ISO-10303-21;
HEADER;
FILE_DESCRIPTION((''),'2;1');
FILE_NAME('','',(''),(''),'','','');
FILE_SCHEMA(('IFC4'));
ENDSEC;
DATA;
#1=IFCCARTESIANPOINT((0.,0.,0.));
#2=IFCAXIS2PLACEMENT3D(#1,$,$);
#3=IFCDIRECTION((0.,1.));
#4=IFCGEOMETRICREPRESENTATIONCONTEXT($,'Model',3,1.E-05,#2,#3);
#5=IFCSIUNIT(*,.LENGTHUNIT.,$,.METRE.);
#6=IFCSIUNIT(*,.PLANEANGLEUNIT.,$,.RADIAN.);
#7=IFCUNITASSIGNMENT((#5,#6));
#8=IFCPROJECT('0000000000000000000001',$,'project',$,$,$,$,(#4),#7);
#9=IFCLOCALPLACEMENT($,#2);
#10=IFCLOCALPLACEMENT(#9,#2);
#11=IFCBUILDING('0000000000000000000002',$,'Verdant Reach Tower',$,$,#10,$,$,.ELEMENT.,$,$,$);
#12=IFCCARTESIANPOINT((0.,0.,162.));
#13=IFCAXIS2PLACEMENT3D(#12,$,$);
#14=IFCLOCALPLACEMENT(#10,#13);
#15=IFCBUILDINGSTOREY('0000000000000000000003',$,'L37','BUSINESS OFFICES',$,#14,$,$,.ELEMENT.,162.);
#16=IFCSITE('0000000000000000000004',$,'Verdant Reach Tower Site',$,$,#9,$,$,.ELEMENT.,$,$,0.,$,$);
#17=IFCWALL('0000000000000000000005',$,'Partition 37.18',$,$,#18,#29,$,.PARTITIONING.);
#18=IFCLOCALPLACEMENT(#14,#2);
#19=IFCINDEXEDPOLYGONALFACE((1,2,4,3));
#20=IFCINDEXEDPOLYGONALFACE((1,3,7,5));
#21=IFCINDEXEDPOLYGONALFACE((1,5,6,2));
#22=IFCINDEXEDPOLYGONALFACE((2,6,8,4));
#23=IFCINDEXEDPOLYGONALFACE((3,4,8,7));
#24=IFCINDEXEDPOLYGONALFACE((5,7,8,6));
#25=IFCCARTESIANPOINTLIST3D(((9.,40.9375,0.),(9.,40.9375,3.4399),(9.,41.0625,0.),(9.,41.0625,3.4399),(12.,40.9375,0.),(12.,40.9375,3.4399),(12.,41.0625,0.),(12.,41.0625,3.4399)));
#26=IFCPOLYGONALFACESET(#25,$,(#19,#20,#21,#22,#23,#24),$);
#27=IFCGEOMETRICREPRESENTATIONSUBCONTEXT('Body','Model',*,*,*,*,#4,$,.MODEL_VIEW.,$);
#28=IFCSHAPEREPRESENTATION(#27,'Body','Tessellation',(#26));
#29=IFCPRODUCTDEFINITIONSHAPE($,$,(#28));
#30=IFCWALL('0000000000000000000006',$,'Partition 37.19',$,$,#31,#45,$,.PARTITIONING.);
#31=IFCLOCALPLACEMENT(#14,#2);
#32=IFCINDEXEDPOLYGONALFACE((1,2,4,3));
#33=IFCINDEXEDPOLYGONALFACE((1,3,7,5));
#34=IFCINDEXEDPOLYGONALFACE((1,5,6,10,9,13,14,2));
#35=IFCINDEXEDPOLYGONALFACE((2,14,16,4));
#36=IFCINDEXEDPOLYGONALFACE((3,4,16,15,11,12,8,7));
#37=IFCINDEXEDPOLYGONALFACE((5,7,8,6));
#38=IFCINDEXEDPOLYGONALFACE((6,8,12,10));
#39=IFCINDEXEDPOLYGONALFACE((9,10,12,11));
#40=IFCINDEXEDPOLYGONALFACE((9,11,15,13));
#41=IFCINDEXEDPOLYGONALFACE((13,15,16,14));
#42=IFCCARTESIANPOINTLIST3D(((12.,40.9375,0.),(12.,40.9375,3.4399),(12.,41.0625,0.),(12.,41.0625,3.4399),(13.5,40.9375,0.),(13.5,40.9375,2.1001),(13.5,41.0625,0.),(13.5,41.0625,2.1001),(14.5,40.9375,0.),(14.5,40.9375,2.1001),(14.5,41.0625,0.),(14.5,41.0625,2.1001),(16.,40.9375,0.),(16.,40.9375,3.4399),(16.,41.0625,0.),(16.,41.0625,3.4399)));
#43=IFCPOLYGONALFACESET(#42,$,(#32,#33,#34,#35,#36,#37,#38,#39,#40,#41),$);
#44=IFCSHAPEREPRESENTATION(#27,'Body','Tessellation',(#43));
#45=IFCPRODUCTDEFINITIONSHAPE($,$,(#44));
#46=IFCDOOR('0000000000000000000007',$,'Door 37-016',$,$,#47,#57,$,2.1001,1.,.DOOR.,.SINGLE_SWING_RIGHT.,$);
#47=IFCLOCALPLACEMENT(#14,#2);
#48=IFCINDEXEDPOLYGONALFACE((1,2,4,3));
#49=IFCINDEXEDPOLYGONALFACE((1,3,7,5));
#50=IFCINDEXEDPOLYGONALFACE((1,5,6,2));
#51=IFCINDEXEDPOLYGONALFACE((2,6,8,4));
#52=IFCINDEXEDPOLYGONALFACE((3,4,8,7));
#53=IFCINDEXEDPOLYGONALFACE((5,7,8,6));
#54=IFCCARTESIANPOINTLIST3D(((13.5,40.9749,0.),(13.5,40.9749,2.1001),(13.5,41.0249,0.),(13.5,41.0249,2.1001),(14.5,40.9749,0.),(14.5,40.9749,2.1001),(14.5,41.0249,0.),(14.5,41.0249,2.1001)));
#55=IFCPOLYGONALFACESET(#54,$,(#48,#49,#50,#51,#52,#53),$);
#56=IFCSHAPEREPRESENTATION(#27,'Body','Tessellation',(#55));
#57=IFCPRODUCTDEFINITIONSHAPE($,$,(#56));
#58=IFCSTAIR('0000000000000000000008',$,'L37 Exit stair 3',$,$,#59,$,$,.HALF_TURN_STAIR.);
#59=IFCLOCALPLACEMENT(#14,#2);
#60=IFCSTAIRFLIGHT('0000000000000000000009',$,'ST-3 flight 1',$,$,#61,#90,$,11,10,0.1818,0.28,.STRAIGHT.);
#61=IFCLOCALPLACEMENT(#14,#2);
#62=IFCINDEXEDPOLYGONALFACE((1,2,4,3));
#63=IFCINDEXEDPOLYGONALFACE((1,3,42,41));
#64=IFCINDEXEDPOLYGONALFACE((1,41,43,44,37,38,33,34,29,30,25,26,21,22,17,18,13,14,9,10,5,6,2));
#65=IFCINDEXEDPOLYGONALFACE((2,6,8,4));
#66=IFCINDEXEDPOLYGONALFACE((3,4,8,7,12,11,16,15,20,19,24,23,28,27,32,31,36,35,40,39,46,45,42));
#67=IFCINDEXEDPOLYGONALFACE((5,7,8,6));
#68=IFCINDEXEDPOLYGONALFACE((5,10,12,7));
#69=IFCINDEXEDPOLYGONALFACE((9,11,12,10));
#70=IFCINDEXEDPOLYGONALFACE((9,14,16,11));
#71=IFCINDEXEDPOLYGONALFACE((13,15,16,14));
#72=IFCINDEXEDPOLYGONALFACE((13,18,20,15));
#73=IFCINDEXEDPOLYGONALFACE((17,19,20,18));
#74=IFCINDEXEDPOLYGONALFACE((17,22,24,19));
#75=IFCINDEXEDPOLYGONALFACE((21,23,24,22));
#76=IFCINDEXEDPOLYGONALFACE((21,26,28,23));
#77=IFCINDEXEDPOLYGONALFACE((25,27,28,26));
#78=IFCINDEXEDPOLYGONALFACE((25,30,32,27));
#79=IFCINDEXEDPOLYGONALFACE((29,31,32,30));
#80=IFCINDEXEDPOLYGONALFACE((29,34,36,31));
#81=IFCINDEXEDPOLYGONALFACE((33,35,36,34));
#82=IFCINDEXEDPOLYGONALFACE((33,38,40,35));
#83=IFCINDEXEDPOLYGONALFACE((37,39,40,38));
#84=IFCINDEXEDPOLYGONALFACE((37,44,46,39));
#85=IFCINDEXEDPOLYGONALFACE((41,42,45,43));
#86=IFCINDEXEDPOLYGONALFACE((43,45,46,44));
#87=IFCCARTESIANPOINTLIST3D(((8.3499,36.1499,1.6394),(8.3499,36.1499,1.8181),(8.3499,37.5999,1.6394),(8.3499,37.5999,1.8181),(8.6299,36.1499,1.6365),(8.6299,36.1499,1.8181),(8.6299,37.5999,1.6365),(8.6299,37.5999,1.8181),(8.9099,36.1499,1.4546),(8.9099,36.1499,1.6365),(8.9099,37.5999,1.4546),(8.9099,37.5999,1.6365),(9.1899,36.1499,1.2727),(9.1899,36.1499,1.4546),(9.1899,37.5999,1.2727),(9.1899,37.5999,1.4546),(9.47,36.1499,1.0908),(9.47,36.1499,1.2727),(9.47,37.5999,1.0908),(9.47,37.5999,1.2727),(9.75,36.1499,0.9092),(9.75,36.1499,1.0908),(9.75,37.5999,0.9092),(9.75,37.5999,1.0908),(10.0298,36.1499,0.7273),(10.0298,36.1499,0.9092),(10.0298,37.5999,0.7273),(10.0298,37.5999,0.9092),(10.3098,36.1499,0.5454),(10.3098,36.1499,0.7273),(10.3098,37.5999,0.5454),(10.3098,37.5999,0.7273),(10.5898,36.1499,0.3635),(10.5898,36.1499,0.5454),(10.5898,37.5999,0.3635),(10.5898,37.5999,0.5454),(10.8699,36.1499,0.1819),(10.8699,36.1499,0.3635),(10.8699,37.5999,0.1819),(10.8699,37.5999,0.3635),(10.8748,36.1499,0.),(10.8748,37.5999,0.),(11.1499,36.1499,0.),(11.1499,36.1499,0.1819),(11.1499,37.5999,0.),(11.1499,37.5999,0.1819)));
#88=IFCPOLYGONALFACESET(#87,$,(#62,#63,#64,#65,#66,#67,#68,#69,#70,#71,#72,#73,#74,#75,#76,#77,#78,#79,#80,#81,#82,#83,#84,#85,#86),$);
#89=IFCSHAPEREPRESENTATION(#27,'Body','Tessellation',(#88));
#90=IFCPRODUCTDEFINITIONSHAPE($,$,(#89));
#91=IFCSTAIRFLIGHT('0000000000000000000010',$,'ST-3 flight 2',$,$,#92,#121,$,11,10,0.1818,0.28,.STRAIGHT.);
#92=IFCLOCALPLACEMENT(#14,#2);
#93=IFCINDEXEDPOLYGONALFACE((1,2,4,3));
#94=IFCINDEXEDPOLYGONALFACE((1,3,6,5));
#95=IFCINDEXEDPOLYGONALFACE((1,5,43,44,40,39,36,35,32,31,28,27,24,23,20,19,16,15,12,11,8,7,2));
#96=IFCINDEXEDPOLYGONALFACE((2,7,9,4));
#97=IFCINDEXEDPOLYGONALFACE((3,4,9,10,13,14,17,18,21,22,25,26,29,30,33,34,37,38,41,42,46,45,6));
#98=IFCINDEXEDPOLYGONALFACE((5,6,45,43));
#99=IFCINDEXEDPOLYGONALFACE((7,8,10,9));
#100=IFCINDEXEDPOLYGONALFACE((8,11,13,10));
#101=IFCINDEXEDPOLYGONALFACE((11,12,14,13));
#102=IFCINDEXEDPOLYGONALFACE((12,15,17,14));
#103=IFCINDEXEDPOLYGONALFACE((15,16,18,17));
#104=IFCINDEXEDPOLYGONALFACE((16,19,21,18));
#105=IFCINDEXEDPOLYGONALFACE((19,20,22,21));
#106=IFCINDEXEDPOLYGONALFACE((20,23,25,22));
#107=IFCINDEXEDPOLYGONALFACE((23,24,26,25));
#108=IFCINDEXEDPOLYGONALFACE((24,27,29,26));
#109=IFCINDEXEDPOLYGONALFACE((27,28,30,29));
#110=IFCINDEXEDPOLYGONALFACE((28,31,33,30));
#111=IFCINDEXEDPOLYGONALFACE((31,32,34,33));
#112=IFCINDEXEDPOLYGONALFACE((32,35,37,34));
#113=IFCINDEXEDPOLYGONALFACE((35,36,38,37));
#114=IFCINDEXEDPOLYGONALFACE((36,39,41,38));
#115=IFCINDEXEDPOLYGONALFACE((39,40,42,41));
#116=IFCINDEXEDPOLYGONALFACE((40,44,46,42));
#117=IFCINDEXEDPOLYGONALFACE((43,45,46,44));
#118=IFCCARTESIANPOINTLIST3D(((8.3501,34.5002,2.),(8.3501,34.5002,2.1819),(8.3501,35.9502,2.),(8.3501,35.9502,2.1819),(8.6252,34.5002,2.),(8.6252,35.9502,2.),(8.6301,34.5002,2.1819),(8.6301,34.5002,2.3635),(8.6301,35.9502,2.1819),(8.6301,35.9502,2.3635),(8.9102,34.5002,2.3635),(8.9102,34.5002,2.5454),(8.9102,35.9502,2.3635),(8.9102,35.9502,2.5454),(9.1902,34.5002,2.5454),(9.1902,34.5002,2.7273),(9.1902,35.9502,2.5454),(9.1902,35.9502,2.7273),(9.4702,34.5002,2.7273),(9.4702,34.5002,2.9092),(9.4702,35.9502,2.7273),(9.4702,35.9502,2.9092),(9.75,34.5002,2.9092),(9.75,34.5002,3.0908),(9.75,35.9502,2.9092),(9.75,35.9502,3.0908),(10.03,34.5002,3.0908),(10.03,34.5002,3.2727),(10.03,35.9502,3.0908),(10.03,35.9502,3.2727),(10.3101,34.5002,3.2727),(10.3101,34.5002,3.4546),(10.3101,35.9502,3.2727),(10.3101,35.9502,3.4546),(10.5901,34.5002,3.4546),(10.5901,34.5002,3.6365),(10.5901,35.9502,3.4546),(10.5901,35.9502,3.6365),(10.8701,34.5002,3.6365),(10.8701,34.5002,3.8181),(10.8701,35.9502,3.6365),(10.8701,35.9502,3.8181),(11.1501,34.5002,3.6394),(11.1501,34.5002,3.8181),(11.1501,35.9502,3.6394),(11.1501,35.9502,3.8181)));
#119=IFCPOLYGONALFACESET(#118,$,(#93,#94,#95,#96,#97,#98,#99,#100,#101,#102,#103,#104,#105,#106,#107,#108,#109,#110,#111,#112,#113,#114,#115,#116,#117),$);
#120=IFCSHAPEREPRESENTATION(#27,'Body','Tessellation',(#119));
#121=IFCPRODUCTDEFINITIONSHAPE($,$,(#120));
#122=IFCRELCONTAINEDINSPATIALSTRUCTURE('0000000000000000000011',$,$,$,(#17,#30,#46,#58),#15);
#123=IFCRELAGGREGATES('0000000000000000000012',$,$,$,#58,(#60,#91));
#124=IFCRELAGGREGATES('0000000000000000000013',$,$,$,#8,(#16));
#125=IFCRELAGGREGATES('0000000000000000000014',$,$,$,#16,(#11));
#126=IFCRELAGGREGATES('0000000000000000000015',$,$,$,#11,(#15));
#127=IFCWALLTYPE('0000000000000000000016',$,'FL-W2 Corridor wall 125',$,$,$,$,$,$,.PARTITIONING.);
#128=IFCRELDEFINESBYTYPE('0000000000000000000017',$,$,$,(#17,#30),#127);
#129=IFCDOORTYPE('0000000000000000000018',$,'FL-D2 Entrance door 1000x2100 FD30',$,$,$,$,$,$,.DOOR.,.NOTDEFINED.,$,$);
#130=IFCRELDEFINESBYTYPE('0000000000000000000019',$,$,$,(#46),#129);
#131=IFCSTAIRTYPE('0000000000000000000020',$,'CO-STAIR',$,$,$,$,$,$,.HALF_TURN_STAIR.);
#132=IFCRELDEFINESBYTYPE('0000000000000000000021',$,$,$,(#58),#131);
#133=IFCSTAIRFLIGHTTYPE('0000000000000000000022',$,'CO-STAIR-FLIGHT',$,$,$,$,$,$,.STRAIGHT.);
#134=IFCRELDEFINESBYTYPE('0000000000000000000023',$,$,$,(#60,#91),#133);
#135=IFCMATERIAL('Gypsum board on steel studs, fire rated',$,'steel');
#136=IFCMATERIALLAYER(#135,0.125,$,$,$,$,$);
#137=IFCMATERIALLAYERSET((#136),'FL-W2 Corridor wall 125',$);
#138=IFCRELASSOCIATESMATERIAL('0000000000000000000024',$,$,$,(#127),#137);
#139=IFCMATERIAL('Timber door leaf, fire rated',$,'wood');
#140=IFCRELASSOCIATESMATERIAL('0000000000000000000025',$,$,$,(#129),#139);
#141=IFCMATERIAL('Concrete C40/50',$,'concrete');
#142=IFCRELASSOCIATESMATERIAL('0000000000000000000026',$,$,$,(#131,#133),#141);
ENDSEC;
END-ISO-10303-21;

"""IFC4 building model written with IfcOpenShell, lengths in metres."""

from ifc_helpers import new_model, si_unit, direction, frame, frame_2d, origin, place, context, subcontext, project, spatial, polyline, rectangle, outline, extrude, material, layer, layer_set, type_object, element, fill, aggregate, save


model = new_model("IFC4")

# Units and contexts
model_context = context("Model", 3, precision=1e-05, world=origin(), true_north=direction((0.0, 1.0)))
body_context = subcontext(model_context, "Body", "Model", "MODEL_VIEW")
ifc_project = project(units=[si_unit("LENGTHUNIT", "METRE"), si_unit("PLANEANGLEUNIT", "RADIAN")], contexts=[model_context])

# Site, building, storey
site_placement = place(None, origin())
site = spatial("IfcSite", under=ifc_project, at=site_placement, Name="Verdant Reach Tower Site", CompositionType="ELEMENT", RefElevation=0.0)
building_placement = place(site_placement, origin())
building = spatial("IfcBuilding", under=site, at=building_placement, Name="Verdant Reach Tower", CompositionType="ELEMENT")
storey_placement = place(building_placement, frame((0.0, 0.0, 162.0)))
storey = spatial("IfcBuildingStorey", under=building, at=storey_placement, Name="L37", Description="BUSINESS OFFICES", CompositionType="ELEMENT", Elevation=162.0)

# Shared definitions
ifc_material_1 = material(Name="Concrete C40/50", Category="concrete")

# Shared definitions
ifc_material_2 = material(Name="Gypsum board on steel studs, fire rated", Category="steel")
ifc_layer_1 = layer(ifc_material_2, 0.125)
ifc_layer_set_1 = layer_set([ifc_layer_1], Name="FL-W2 Corridor wall 125")
wall_type_1 = type_object("IfcWallType", Name="FL-W2 Corridor wall 125", PredefinedType="PARTITIONING", material=ifc_layer_set_1)
ifc_material_3 = material(Name="Timber door leaf, fire rated", Category="wood")
door_type_1 = type_object("IfcDoorType", Name="FL-D2 Entrance door 1000x2100 FD30", OperationType="NOTDEFINED", PredefinedType="DOOR", material=ifc_material_3)

# Wall
wall_1_placement = place(storey_placement, frame((12.0, 41.0, 0.0), z_axis=(0.0, 0.0, 1.0), x_axis=(-1.0, 0.0, 0.0)))
element("IfcWall", 1, at=wall_1_placement, inside=storey, type_object=wall_type_1, Name="Partition 37.18", PredefinedType="PARTITIONING", context=body_context, shape_type="SweptSolid", body=[
    extrude(rectangle(XDim=3.0, YDim=0.125, at=frame_2d((1.5, 0.0))), origin(), (0.0, 0.0, 1.0), 3.4399),
])

# Wall, opening, door
wall_2_placement = place(storey_placement, frame((12.0, 41.0, 0.0), z_axis=(0.0, 0.0, 1.0), x_axis=(1.0, 0.0, 0.0)))
wall_2 = element("IfcWall", 2, at=wall_2_placement, inside=storey, type_object=wall_type_1, Name="Partition 37.19", PredefinedType="PARTITIONING", context=body_context, shape_type="SweptSolid", body=[
    extrude(rectangle(XDim=4.0, YDim=0.125, at=frame_2d((2.0, 0.0))), origin(), (0.0, 0.0, 1.0), 3.4399),
])
opening_1_placement = place(wall_2_placement, frame((1.5, 0.0, 0.0)))
opening_1 = element("IfcOpeningElement", 3, at=opening_1_placement, cuts=wall_2, PredefinedType="OPENING", context=body_context, shape_type="SweptSolid", body=[
    extrude(rectangle(XDim=1.0, YDim=2.1001, at=frame_2d((0.5, 1.05))), frame((0.0, 0.0725, 0.0), z_axis=(0.0, -1.0, 0.0), x_axis=(1.0, 0.0, 0.0)), (0.0, 0.0, 1.0), 0.145),
])
door_1_placement = place(opening_1_placement, origin())
door_1 = element("IfcDoor", 4, at=door_1_placement, inside=storey, type_object=door_type_1, Name="Door 37-016", OperationType="SINGLE_SWING_RIGHT", OverallHeight=2.1001, OverallWidth=1.0, PredefinedType="DOOR", context=body_context, shape_type="SweptSolid", body=[
    extrude(rectangle(XDim=1.0, YDim=2.1001, at=frame_2d((0.5, 1.05))), frame((0.0, 0.0249, 0.0), z_axis=(0.0, -1.0, 0.0), x_axis=(1.0, 0.0, 0.0)), (0.0, 0.0, 1.0), 0.05),
])
fill(opening_1, door_1)

# Stair, stair flights
stair_type = type_object("IfcStairType", Name="CO-STAIR", PredefinedType="HALF_TURN_STAIR", material=ifc_material_1)
stair_placement = place(storey_placement, origin())
stair = element("IfcStair", 5, at=stair_placement, inside=storey, type_object=stair_type, Name="L37 Exit stair 3", PredefinedType="HALF_TURN_STAIR")
stair_flight_type = type_object("IfcStairFlightType", Name="CO-STAIR-FLIGHT", PredefinedType="STRAIGHT", material=ifc_material_1)
stair_flight_1_placement = place(storey_placement, frame((11.1499, 36.875, 0.0), z_axis=(0.0, 0.0, 1.0), x_axis=(-1.0, 0.0, 0.0)))
stair_flight_1 = element("IfcStairFlight", 6, at=stair_flight_1_placement, type_object=stair_flight_type, Name="ST-3 flight 1", NumberOfRisers=11, NumberOfTreads=10, PredefinedType="STRAIGHT", RiserHeight=0.1818, TreadLength=0.28, context=body_context, shape_type="SweptSolid", body=[
    extrude(outline(polyline([(0.0, 0.0), (0.0, 0.1819), (0.28, 0.1819), (0.28, 0.3635), (0.5601, 0.3635), (0.5601, 0.5454), (0.8401, 0.5454), (0.8401, 0.7273), (1.1201, 0.7273), (1.1201, 0.9092), (1.3999, 0.9092), (1.3999, 1.0908), (1.6799, 1.0908), (1.6799, 1.2727), (1.96, 1.2727), (1.96, 1.4546), (2.24, 1.4546), (2.24, 1.6365), (2.52, 1.6365), (2.52, 1.8181), (2.8, 1.8181), (2.8, 2.0), (2.8, 1.6394), (0.2751, 0.0), (0.0, 0.0)])), frame((0.0, 0.7251, 0.0), z_axis=(0.0, -1.0, 0.0), x_axis=(1.0, 0.0, 0.0)), (0.0, 0.0, 1.0), 1.45),
])
stair_flight_2_placement = place(storey_placement, frame((8.3501, 35.2251, 2.0), z_axis=(0.0, 0.0, 1.0), x_axis=(1.0, 0.0, 0.0)))
stair_flight_2 = element("IfcStairFlight", 7, at=stair_flight_2_placement, type_object=stair_flight_type, Name="ST-3 flight 2", NumberOfRisers=11, NumberOfTreads=10, PredefinedType="STRAIGHT", RiserHeight=0.1818, TreadLength=0.28, context=body_context, shape_type="SweptSolid", body=[
    extrude(outline(polyline([(0.0, 0.0), (0.0, 0.1819), (0.28, 0.1819), (0.28, 0.3635), (0.5601, 0.3635), (0.5601, 0.5454), (0.8401, 0.5454), (0.8401, 0.7273), (1.1201, 0.7273), (1.1201, 0.9092), (1.3999, 0.9092), (1.3999, 1.0908), (1.6799, 1.0908), (1.6799, 1.2727), (1.96, 1.2727), (1.96, 1.4546), (2.24, 1.4546), (2.24, 1.6365), (2.52, 1.6365), (2.52, 1.8181), (2.8, 1.8181), (2.8, 2.0), (2.8, 1.6394), (0.2751, 0.0), (0.0, 0.0)])), frame((0.0, 0.7251, 0.0), z_axis=(0.0, -1.0, 0.0), x_axis=(1.0, 0.0, 0.0)), (0.0, 0.0, 1.0), 1.45),
])
aggregate(stair, [stair_flight_1, stair_flight_2])

save(model, "model.ifc")
